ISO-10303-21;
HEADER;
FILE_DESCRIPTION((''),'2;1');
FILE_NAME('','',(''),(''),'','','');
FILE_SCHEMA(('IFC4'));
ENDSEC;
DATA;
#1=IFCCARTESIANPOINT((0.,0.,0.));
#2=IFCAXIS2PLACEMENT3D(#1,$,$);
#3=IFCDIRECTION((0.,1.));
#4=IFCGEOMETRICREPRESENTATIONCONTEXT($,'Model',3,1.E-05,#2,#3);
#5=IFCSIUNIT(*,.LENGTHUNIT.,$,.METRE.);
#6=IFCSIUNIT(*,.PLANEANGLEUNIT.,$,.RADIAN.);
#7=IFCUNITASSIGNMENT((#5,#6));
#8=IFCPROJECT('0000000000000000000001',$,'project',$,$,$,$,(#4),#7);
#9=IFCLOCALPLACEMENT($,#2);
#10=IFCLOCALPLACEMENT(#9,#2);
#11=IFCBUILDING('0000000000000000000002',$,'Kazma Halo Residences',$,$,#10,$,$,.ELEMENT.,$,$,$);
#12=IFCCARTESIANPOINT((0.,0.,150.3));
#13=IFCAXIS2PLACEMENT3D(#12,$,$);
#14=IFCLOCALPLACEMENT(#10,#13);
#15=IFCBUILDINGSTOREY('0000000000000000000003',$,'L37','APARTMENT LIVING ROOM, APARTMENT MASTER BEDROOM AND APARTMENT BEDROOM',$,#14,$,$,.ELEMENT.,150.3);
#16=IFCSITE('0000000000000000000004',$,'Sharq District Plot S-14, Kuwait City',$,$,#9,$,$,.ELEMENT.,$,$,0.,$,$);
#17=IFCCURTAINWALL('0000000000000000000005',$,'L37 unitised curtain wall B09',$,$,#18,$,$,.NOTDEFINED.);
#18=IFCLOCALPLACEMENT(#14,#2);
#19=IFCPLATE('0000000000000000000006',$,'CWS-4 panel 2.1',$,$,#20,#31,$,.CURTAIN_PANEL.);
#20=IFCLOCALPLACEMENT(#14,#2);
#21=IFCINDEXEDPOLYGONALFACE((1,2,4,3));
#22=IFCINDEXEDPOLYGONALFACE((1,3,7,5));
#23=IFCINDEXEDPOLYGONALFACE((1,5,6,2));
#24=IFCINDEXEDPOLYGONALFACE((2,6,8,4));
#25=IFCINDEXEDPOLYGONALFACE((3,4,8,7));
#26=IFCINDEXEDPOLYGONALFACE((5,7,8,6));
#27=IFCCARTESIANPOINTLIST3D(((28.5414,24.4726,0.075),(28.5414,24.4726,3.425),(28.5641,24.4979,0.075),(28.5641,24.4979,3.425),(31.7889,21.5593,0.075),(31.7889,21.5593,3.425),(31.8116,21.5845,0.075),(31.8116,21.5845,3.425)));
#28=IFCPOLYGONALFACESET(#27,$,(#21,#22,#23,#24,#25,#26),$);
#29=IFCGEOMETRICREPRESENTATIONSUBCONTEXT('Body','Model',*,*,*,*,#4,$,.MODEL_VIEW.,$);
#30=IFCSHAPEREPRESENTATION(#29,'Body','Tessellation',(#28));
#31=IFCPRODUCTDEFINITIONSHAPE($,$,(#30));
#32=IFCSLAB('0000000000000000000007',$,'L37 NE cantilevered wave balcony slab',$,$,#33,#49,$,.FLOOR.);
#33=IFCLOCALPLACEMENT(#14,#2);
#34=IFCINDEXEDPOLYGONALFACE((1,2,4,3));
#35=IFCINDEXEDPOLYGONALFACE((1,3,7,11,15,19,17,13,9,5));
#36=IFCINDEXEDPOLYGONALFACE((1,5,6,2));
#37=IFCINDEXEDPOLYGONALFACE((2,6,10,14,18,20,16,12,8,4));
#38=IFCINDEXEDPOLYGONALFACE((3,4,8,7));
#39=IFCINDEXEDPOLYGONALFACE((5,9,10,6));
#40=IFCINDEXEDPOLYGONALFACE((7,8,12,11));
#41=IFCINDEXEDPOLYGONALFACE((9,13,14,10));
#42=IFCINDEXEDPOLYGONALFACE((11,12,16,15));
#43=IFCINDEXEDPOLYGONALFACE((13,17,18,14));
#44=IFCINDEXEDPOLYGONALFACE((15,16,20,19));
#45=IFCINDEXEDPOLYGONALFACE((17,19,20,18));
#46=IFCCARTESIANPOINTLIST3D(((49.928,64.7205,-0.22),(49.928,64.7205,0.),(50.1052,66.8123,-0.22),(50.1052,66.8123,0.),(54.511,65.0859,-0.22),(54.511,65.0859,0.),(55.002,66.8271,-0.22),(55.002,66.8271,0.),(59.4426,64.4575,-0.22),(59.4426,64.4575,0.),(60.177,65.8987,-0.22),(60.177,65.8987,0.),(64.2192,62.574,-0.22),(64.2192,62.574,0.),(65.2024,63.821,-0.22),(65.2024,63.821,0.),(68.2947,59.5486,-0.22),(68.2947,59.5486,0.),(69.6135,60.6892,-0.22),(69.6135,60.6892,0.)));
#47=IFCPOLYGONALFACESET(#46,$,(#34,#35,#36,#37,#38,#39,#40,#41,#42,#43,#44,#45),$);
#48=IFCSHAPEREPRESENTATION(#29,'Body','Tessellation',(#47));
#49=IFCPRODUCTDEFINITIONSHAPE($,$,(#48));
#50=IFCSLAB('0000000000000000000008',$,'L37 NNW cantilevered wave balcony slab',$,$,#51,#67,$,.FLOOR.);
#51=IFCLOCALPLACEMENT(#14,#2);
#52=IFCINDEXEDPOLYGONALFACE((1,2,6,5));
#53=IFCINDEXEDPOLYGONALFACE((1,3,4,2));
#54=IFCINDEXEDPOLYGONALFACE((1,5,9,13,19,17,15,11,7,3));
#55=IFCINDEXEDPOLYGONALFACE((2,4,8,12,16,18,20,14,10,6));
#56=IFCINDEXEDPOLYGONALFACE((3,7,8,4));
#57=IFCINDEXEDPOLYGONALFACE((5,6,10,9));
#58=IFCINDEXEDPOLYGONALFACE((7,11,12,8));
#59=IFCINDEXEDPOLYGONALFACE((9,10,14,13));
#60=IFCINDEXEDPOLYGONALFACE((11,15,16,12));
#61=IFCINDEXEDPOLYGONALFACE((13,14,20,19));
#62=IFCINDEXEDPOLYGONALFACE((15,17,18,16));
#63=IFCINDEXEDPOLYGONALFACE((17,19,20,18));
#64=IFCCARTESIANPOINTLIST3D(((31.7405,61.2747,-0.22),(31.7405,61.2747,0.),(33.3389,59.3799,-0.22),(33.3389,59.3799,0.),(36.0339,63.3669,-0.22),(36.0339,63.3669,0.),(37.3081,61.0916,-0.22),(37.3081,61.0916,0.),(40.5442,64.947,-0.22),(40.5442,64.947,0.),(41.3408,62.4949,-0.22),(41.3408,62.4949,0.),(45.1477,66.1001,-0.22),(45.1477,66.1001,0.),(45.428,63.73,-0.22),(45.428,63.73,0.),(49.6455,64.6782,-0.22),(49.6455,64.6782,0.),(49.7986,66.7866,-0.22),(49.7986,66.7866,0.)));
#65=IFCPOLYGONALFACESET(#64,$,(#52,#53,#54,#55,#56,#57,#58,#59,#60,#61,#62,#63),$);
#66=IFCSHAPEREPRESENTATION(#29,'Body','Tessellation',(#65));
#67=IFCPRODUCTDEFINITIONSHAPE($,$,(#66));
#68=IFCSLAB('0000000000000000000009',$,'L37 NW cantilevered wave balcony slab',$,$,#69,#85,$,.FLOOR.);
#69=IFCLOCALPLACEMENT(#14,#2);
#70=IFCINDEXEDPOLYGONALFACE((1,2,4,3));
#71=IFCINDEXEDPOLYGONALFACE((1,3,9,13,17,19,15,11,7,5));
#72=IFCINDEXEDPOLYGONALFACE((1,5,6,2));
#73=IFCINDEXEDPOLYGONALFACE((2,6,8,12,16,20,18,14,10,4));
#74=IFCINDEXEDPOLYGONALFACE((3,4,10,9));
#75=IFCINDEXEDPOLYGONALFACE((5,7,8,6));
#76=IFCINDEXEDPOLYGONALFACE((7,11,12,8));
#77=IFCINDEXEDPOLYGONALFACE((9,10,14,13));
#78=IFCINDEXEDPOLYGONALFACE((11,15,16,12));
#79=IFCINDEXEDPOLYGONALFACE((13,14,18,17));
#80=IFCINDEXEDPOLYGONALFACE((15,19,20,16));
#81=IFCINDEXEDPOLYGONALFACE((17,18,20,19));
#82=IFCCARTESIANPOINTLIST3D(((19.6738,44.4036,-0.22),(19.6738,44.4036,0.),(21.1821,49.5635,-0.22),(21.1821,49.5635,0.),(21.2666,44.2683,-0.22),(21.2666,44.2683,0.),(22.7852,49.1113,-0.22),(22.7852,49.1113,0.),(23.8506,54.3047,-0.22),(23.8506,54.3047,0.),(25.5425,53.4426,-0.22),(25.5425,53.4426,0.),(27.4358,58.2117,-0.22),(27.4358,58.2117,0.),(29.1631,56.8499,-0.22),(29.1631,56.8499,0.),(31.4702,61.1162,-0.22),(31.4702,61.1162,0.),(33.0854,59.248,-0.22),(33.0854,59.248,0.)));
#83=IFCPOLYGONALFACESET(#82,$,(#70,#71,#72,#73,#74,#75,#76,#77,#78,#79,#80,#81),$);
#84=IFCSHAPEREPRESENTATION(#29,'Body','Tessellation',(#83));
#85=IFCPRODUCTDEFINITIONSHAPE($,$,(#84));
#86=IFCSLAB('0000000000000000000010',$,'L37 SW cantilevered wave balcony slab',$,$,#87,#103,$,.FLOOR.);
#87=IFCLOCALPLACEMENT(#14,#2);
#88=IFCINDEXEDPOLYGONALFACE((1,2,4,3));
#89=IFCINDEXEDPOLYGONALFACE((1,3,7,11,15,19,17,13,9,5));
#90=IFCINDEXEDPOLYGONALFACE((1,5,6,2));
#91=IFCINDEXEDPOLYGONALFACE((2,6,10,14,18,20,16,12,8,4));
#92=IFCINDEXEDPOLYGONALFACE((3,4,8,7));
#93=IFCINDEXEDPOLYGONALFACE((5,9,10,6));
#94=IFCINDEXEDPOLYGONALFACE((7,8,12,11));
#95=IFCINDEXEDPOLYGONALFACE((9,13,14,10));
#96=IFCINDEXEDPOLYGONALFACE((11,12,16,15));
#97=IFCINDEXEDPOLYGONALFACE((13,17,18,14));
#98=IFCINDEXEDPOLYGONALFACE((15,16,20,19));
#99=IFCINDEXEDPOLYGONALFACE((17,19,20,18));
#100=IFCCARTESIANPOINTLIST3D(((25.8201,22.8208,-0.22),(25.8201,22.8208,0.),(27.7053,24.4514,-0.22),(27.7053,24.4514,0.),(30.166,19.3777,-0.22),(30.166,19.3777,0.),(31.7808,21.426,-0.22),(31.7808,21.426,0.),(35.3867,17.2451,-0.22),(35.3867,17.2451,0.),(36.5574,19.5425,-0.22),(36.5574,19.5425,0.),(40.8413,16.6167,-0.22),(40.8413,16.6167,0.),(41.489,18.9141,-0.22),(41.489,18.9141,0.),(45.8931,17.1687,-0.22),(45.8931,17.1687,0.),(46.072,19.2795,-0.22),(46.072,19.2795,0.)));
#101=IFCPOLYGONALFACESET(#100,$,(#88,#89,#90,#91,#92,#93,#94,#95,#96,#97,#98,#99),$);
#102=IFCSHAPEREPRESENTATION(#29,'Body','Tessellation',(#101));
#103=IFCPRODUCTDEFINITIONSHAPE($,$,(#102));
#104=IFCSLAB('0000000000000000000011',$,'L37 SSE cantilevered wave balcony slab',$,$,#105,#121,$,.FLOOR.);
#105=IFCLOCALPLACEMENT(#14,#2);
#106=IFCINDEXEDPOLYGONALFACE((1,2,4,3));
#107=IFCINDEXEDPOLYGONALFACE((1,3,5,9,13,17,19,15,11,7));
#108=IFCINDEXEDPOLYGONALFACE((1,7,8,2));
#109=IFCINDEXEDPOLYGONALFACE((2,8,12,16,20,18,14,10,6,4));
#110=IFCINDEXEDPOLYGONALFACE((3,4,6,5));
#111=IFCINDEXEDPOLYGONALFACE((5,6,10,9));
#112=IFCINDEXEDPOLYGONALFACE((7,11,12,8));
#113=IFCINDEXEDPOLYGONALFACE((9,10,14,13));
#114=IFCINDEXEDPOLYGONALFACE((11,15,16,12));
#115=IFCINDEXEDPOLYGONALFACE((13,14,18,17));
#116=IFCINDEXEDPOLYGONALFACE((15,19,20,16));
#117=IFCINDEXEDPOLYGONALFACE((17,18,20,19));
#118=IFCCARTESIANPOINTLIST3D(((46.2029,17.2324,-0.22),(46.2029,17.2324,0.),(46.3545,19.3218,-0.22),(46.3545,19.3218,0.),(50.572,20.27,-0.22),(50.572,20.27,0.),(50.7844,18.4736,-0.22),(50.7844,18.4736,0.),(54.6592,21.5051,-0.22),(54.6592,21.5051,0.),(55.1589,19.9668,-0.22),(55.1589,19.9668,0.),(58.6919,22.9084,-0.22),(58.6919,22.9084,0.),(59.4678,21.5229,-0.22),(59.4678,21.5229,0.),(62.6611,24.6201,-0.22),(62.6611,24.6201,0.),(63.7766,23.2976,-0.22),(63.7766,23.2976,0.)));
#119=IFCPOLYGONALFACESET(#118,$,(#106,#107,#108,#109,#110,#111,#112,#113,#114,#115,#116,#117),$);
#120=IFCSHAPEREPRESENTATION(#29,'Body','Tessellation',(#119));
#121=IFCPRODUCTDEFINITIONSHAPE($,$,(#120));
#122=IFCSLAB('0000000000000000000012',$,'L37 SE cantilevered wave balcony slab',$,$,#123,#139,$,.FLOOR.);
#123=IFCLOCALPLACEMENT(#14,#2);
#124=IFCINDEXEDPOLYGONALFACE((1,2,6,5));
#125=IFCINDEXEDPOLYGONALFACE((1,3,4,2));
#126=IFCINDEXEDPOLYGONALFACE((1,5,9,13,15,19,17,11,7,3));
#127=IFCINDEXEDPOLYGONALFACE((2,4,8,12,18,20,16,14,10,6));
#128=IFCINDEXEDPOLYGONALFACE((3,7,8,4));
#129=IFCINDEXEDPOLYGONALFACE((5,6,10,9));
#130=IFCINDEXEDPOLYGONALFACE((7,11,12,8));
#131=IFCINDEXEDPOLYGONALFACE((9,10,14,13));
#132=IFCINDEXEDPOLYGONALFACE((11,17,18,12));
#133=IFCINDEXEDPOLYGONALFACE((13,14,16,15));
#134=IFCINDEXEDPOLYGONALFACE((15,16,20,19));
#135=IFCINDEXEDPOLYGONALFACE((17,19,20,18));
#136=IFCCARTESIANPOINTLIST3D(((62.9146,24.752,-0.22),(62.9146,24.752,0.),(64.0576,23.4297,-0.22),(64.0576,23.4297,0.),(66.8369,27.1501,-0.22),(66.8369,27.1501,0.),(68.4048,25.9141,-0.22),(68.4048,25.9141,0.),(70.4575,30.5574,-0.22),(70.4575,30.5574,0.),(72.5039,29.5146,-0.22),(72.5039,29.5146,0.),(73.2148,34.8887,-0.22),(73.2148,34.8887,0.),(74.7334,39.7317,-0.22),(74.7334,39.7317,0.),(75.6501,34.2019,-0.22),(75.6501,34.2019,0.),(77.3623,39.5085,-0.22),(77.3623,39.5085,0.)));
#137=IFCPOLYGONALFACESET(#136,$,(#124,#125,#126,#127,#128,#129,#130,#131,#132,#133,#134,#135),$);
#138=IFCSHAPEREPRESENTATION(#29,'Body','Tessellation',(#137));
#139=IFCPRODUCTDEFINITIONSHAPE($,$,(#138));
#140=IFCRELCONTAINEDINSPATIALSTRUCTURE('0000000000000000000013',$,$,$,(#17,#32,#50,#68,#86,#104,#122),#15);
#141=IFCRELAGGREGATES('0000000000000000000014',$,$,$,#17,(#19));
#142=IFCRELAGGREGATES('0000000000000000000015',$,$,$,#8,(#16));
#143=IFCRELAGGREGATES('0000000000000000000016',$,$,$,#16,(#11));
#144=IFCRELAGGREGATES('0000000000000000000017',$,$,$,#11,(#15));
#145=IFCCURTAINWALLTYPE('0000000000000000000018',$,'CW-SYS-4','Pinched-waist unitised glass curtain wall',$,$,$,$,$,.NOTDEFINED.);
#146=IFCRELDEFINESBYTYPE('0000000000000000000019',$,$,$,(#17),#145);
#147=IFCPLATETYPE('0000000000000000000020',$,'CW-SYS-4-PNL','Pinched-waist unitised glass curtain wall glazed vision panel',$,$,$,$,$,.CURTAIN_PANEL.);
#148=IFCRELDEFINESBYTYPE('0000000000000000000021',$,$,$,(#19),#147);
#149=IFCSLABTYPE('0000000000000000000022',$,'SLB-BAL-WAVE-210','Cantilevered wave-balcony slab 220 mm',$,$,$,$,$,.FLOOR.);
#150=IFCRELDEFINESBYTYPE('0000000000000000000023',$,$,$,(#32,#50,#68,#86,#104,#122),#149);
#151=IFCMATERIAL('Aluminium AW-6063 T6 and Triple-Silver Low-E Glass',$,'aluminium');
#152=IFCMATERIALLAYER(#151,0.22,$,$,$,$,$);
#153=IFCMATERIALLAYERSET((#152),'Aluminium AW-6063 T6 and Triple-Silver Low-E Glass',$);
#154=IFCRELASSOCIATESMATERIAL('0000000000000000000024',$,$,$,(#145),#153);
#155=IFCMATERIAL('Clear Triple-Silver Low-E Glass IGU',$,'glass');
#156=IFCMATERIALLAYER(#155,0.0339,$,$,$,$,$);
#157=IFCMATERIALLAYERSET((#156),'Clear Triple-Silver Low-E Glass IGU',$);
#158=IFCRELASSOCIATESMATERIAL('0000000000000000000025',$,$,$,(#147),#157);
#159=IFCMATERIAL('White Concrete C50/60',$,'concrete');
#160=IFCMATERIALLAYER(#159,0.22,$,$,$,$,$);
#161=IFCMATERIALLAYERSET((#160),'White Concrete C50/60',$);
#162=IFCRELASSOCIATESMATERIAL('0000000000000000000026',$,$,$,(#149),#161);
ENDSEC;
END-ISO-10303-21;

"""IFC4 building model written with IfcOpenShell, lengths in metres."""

from ifc_helpers import new_model, si_unit, direction, frame, origin, origin_2d, place, context, subcontext, project, spatial, polyline, rectangle, outline, extrude, material, layer, layer_set, type_object, element, aggregate, save


model = new_model("IFC4")

# Units and contexts
model_context = context("Model", 3, precision=1e-05, world=origin(), true_north=direction((0.0, 1.0)))
body_context = subcontext(model_context, "Body", "Model", "MODEL_VIEW")
ifc_project = project(units=[si_unit("LENGTHUNIT", "METRE"), si_unit("PLANEANGLEUNIT", "RADIAN")], contexts=[model_context])

# Site, building, storey
site_placement = place(None, origin())
site = spatial("IfcSite", under=ifc_project, at=site_placement, Name="Sharq District Plot S-14, Kuwait City", CompositionType="ELEMENT", RefElevation=0.0)
building_placement = place(site_placement, origin())
building = spatial("IfcBuilding", under=site, at=building_placement, Name="Kazma Halo Residences", CompositionType="ELEMENT")
storey_placement = place(building_placement, frame((0.0, 0.0, 150.3)))
storey = spatial("IfcBuildingStorey", under=building, at=storey_placement, Name="L37", Description="APARTMENT LIVING ROOM, APARTMENT MASTER BEDROOM AND APARTMENT BEDROOM", CompositionType="ELEMENT", Elevation=150.3)

# Curtain wall, plate
ifc_material_1 = material(Name="Aluminium AW-6063 T6 and Triple-Silver Low-E Glass", Category="aluminium")
ifc_layer_1 = layer(ifc_material_1, 0.22)
ifc_layer_set_1 = layer_set([ifc_layer_1], Name="Aluminium AW-6063 T6 and Triple-Silver Low-E Glass")
curtain_wall_type = type_object("IfcCurtainWallType", Name="CW-SYS-4", Description="Pinched-waist unitised glass curtain wall", PredefinedType="NOTDEFINED", material=ifc_layer_set_1)
curtain_wall_placement = place(storey_placement, origin())
curtain_wall = element("IfcCurtainWall", 1, at=curtain_wall_placement, inside=storey, type_object=curtain_wall_type, Name="L37 unitised curtain wall B09", PredefinedType="NOTDEFINED")
ifc_material_2 = material(Name="Clear Triple-Silver Low-E Glass IGU", Category="glass")
ifc_layer_2 = layer(ifc_material_2, 0.0339)
ifc_layer_set_2 = layer_set([ifc_layer_2], Name="Clear Triple-Silver Low-E Glass IGU")
plate_type = type_object("IfcPlateType", Name="CW-SYS-4-PNL", Description="Pinched-waist unitised glass curtain wall glazed vision panel", PredefinedType="CURTAIN_PANEL", material=ifc_layer_set_2)
plate_1_placement = place(storey_placement, frame((30.1765, 23.0286, 0.075), z_axis=(0.0, 0.0, 1.0), x_axis=(0.744368, -0.66777, 0.0)))
plate_1 = element("IfcPlate", 2, at=plate_1_placement, type_object=plate_type, Name="CWS-4 panel 2.1", PredefinedType="CURTAIN_PANEL", context=body_context, shape_type="SweptSolid", body=[
    extrude(rectangle(XDim=4.3628, YDim=0.0339, at=origin_2d()), origin(), (0.0, 0.0, 1.0), 3.3501),
])
aggregate(curtain_wall, [plate_1])

# Slabs
ifc_material_3 = material(Name="White Concrete C50/60", Category="concrete")
ifc_layer_3 = layer(ifc_material_3, 0.22)
ifc_layer_set_3 = layer_set([ifc_layer_3], Name="White Concrete C50/60")
slab_type_1 = type_object("IfcSlabType", Name="SLB-BAL-WAVE-210", Description="Cantilevered wave-balcony slab 220 mm", PredefinedType="FLOOR", material=ifc_layer_set_3)
slab_1_placement = place(storey_placement, frame((0.0, 0.0, -0.22)))
element("IfcSlab", 3, at=slab_1_placement, inside=storey, type_object=slab_type_1, Name="L37 NE cantilevered wave balcony slab", PredefinedType="FLOOR", context=body_context, shape_type="SweptSolid", body=[
    extrude(outline(polyline([(68.2947, 59.5486), (64.2192, 62.574), (59.4426, 64.4575), (54.511, 65.0859), (49.928, 64.7205), (50.1052, 66.8123), (55.002, 66.8271), (60.177, 65.8987), (65.2024, 63.821), (69.6135, 60.6892), (68.2947, 59.5486)])), origin(), (0.0, 0.0, 1.0), 0.22),
])
slab_2_placement = place(storey_placement, frame((0.0, 0.0, -0.22)))
element("IfcSlab", 4, at=slab_2_placement, inside=storey, type_object=slab_type_1, Name="L37 NNW cantilevered wave balcony slab", PredefinedType="FLOOR", context=body_context, shape_type="SweptSolid", body=[
    extrude(outline(polyline([(49.6455, 64.6782), (45.428, 63.73), (41.3408, 62.4949), (37.3081, 61.0916), (33.3389, 59.3799), (31.7405, 61.2747), (36.0339, 63.3669), (40.5442, 64.947), (45.1477, 66.1001), (49.7986, 66.7866), (49.6455, 64.6782)])), origin(), (0.0, 0.0, 1.0), 0.22),
])
slab_3_placement = place(storey_placement, frame((0.0, 0.0, -0.22)))
element("IfcSlab", 5, at=slab_3_placement, inside=storey, type_object=slab_type_1, Name="L37 NW cantilevered wave balcony slab", PredefinedType="FLOOR", context=body_context, shape_type="SweptSolid", body=[
    extrude(outline(polyline([(33.0854, 59.248), (29.1631, 56.8499), (25.5425, 53.4426), (22.7852, 49.1113), (21.2666, 44.2683), (19.6738, 44.4036), (21.1821, 49.5635), (23.8506, 54.3047), (27.4358, 58.2117), (31.4702, 61.1162), (33.0854, 59.248)])), origin(), (0.0, 0.0, 1.0), 0.22),
])
slab_4_placement = place(storey_placement, frame((0.0, 0.0, -0.22)))
element("IfcSlab", 6, at=slab_4_placement, inside=storey, type_object=slab_type_1, Name="L37 SW cantilevered wave balcony slab", PredefinedType="FLOOR", context=body_context, shape_type="SweptSolid", body=[
    extrude(outline(polyline([(27.7053, 24.4514), (31.7808, 21.426), (36.5574, 19.5425), (41.489, 18.9141), (46.072, 19.2795), (45.8931, 17.1687), (40.8413, 16.6167), (35.3867, 17.2451), (30.166, 19.3777), (25.8201, 22.8208), (27.7053, 24.4514)])), origin(), (0.0, 0.0, 1.0), 0.22),
])
slab_5_placement = place(storey_placement, frame((0.0, 0.0, -0.22)))
element("IfcSlab", 7, at=slab_5_placement, inside=storey, type_object=slab_type_1, Name="L37 SSE cantilevered wave balcony slab", PredefinedType="FLOOR", context=body_context, shape_type="SweptSolid", body=[
    extrude(outline(polyline([(46.3545, 19.3218), (50.572, 20.27), (54.6592, 21.5051), (58.6919, 22.9084), (62.6611, 24.6201), (63.7766, 23.2976), (59.4678, 21.5229), (55.1589, 19.9668), (50.7844, 18.4736), (46.2029, 17.2324), (46.3545, 19.3218)])), origin(), (0.0, 0.0, 1.0), 0.22),
])
slab_6_placement = place(storey_placement, frame((0.0, 0.0, -0.22)))
element("IfcSlab", 8, at=slab_6_placement, inside=storey, type_object=slab_type_1, Name="L37 SE cantilevered wave balcony slab", PredefinedType="FLOOR", context=body_context, shape_type="SweptSolid", body=[
    extrude(outline(polyline([(62.9146, 24.752), (66.8369, 27.1501), (70.4575, 30.5574), (73.2148, 34.8887), (74.7334, 39.7317), (77.3623, 39.5085), (75.6501, 34.2019), (72.5039, 29.5146), (68.4048, 25.9141), (64.0576, 23.4297), (62.9146, 24.752)])), origin(), (0.0, 0.0, 1.0), 0.22),
])

save(model, "model.ifc")
